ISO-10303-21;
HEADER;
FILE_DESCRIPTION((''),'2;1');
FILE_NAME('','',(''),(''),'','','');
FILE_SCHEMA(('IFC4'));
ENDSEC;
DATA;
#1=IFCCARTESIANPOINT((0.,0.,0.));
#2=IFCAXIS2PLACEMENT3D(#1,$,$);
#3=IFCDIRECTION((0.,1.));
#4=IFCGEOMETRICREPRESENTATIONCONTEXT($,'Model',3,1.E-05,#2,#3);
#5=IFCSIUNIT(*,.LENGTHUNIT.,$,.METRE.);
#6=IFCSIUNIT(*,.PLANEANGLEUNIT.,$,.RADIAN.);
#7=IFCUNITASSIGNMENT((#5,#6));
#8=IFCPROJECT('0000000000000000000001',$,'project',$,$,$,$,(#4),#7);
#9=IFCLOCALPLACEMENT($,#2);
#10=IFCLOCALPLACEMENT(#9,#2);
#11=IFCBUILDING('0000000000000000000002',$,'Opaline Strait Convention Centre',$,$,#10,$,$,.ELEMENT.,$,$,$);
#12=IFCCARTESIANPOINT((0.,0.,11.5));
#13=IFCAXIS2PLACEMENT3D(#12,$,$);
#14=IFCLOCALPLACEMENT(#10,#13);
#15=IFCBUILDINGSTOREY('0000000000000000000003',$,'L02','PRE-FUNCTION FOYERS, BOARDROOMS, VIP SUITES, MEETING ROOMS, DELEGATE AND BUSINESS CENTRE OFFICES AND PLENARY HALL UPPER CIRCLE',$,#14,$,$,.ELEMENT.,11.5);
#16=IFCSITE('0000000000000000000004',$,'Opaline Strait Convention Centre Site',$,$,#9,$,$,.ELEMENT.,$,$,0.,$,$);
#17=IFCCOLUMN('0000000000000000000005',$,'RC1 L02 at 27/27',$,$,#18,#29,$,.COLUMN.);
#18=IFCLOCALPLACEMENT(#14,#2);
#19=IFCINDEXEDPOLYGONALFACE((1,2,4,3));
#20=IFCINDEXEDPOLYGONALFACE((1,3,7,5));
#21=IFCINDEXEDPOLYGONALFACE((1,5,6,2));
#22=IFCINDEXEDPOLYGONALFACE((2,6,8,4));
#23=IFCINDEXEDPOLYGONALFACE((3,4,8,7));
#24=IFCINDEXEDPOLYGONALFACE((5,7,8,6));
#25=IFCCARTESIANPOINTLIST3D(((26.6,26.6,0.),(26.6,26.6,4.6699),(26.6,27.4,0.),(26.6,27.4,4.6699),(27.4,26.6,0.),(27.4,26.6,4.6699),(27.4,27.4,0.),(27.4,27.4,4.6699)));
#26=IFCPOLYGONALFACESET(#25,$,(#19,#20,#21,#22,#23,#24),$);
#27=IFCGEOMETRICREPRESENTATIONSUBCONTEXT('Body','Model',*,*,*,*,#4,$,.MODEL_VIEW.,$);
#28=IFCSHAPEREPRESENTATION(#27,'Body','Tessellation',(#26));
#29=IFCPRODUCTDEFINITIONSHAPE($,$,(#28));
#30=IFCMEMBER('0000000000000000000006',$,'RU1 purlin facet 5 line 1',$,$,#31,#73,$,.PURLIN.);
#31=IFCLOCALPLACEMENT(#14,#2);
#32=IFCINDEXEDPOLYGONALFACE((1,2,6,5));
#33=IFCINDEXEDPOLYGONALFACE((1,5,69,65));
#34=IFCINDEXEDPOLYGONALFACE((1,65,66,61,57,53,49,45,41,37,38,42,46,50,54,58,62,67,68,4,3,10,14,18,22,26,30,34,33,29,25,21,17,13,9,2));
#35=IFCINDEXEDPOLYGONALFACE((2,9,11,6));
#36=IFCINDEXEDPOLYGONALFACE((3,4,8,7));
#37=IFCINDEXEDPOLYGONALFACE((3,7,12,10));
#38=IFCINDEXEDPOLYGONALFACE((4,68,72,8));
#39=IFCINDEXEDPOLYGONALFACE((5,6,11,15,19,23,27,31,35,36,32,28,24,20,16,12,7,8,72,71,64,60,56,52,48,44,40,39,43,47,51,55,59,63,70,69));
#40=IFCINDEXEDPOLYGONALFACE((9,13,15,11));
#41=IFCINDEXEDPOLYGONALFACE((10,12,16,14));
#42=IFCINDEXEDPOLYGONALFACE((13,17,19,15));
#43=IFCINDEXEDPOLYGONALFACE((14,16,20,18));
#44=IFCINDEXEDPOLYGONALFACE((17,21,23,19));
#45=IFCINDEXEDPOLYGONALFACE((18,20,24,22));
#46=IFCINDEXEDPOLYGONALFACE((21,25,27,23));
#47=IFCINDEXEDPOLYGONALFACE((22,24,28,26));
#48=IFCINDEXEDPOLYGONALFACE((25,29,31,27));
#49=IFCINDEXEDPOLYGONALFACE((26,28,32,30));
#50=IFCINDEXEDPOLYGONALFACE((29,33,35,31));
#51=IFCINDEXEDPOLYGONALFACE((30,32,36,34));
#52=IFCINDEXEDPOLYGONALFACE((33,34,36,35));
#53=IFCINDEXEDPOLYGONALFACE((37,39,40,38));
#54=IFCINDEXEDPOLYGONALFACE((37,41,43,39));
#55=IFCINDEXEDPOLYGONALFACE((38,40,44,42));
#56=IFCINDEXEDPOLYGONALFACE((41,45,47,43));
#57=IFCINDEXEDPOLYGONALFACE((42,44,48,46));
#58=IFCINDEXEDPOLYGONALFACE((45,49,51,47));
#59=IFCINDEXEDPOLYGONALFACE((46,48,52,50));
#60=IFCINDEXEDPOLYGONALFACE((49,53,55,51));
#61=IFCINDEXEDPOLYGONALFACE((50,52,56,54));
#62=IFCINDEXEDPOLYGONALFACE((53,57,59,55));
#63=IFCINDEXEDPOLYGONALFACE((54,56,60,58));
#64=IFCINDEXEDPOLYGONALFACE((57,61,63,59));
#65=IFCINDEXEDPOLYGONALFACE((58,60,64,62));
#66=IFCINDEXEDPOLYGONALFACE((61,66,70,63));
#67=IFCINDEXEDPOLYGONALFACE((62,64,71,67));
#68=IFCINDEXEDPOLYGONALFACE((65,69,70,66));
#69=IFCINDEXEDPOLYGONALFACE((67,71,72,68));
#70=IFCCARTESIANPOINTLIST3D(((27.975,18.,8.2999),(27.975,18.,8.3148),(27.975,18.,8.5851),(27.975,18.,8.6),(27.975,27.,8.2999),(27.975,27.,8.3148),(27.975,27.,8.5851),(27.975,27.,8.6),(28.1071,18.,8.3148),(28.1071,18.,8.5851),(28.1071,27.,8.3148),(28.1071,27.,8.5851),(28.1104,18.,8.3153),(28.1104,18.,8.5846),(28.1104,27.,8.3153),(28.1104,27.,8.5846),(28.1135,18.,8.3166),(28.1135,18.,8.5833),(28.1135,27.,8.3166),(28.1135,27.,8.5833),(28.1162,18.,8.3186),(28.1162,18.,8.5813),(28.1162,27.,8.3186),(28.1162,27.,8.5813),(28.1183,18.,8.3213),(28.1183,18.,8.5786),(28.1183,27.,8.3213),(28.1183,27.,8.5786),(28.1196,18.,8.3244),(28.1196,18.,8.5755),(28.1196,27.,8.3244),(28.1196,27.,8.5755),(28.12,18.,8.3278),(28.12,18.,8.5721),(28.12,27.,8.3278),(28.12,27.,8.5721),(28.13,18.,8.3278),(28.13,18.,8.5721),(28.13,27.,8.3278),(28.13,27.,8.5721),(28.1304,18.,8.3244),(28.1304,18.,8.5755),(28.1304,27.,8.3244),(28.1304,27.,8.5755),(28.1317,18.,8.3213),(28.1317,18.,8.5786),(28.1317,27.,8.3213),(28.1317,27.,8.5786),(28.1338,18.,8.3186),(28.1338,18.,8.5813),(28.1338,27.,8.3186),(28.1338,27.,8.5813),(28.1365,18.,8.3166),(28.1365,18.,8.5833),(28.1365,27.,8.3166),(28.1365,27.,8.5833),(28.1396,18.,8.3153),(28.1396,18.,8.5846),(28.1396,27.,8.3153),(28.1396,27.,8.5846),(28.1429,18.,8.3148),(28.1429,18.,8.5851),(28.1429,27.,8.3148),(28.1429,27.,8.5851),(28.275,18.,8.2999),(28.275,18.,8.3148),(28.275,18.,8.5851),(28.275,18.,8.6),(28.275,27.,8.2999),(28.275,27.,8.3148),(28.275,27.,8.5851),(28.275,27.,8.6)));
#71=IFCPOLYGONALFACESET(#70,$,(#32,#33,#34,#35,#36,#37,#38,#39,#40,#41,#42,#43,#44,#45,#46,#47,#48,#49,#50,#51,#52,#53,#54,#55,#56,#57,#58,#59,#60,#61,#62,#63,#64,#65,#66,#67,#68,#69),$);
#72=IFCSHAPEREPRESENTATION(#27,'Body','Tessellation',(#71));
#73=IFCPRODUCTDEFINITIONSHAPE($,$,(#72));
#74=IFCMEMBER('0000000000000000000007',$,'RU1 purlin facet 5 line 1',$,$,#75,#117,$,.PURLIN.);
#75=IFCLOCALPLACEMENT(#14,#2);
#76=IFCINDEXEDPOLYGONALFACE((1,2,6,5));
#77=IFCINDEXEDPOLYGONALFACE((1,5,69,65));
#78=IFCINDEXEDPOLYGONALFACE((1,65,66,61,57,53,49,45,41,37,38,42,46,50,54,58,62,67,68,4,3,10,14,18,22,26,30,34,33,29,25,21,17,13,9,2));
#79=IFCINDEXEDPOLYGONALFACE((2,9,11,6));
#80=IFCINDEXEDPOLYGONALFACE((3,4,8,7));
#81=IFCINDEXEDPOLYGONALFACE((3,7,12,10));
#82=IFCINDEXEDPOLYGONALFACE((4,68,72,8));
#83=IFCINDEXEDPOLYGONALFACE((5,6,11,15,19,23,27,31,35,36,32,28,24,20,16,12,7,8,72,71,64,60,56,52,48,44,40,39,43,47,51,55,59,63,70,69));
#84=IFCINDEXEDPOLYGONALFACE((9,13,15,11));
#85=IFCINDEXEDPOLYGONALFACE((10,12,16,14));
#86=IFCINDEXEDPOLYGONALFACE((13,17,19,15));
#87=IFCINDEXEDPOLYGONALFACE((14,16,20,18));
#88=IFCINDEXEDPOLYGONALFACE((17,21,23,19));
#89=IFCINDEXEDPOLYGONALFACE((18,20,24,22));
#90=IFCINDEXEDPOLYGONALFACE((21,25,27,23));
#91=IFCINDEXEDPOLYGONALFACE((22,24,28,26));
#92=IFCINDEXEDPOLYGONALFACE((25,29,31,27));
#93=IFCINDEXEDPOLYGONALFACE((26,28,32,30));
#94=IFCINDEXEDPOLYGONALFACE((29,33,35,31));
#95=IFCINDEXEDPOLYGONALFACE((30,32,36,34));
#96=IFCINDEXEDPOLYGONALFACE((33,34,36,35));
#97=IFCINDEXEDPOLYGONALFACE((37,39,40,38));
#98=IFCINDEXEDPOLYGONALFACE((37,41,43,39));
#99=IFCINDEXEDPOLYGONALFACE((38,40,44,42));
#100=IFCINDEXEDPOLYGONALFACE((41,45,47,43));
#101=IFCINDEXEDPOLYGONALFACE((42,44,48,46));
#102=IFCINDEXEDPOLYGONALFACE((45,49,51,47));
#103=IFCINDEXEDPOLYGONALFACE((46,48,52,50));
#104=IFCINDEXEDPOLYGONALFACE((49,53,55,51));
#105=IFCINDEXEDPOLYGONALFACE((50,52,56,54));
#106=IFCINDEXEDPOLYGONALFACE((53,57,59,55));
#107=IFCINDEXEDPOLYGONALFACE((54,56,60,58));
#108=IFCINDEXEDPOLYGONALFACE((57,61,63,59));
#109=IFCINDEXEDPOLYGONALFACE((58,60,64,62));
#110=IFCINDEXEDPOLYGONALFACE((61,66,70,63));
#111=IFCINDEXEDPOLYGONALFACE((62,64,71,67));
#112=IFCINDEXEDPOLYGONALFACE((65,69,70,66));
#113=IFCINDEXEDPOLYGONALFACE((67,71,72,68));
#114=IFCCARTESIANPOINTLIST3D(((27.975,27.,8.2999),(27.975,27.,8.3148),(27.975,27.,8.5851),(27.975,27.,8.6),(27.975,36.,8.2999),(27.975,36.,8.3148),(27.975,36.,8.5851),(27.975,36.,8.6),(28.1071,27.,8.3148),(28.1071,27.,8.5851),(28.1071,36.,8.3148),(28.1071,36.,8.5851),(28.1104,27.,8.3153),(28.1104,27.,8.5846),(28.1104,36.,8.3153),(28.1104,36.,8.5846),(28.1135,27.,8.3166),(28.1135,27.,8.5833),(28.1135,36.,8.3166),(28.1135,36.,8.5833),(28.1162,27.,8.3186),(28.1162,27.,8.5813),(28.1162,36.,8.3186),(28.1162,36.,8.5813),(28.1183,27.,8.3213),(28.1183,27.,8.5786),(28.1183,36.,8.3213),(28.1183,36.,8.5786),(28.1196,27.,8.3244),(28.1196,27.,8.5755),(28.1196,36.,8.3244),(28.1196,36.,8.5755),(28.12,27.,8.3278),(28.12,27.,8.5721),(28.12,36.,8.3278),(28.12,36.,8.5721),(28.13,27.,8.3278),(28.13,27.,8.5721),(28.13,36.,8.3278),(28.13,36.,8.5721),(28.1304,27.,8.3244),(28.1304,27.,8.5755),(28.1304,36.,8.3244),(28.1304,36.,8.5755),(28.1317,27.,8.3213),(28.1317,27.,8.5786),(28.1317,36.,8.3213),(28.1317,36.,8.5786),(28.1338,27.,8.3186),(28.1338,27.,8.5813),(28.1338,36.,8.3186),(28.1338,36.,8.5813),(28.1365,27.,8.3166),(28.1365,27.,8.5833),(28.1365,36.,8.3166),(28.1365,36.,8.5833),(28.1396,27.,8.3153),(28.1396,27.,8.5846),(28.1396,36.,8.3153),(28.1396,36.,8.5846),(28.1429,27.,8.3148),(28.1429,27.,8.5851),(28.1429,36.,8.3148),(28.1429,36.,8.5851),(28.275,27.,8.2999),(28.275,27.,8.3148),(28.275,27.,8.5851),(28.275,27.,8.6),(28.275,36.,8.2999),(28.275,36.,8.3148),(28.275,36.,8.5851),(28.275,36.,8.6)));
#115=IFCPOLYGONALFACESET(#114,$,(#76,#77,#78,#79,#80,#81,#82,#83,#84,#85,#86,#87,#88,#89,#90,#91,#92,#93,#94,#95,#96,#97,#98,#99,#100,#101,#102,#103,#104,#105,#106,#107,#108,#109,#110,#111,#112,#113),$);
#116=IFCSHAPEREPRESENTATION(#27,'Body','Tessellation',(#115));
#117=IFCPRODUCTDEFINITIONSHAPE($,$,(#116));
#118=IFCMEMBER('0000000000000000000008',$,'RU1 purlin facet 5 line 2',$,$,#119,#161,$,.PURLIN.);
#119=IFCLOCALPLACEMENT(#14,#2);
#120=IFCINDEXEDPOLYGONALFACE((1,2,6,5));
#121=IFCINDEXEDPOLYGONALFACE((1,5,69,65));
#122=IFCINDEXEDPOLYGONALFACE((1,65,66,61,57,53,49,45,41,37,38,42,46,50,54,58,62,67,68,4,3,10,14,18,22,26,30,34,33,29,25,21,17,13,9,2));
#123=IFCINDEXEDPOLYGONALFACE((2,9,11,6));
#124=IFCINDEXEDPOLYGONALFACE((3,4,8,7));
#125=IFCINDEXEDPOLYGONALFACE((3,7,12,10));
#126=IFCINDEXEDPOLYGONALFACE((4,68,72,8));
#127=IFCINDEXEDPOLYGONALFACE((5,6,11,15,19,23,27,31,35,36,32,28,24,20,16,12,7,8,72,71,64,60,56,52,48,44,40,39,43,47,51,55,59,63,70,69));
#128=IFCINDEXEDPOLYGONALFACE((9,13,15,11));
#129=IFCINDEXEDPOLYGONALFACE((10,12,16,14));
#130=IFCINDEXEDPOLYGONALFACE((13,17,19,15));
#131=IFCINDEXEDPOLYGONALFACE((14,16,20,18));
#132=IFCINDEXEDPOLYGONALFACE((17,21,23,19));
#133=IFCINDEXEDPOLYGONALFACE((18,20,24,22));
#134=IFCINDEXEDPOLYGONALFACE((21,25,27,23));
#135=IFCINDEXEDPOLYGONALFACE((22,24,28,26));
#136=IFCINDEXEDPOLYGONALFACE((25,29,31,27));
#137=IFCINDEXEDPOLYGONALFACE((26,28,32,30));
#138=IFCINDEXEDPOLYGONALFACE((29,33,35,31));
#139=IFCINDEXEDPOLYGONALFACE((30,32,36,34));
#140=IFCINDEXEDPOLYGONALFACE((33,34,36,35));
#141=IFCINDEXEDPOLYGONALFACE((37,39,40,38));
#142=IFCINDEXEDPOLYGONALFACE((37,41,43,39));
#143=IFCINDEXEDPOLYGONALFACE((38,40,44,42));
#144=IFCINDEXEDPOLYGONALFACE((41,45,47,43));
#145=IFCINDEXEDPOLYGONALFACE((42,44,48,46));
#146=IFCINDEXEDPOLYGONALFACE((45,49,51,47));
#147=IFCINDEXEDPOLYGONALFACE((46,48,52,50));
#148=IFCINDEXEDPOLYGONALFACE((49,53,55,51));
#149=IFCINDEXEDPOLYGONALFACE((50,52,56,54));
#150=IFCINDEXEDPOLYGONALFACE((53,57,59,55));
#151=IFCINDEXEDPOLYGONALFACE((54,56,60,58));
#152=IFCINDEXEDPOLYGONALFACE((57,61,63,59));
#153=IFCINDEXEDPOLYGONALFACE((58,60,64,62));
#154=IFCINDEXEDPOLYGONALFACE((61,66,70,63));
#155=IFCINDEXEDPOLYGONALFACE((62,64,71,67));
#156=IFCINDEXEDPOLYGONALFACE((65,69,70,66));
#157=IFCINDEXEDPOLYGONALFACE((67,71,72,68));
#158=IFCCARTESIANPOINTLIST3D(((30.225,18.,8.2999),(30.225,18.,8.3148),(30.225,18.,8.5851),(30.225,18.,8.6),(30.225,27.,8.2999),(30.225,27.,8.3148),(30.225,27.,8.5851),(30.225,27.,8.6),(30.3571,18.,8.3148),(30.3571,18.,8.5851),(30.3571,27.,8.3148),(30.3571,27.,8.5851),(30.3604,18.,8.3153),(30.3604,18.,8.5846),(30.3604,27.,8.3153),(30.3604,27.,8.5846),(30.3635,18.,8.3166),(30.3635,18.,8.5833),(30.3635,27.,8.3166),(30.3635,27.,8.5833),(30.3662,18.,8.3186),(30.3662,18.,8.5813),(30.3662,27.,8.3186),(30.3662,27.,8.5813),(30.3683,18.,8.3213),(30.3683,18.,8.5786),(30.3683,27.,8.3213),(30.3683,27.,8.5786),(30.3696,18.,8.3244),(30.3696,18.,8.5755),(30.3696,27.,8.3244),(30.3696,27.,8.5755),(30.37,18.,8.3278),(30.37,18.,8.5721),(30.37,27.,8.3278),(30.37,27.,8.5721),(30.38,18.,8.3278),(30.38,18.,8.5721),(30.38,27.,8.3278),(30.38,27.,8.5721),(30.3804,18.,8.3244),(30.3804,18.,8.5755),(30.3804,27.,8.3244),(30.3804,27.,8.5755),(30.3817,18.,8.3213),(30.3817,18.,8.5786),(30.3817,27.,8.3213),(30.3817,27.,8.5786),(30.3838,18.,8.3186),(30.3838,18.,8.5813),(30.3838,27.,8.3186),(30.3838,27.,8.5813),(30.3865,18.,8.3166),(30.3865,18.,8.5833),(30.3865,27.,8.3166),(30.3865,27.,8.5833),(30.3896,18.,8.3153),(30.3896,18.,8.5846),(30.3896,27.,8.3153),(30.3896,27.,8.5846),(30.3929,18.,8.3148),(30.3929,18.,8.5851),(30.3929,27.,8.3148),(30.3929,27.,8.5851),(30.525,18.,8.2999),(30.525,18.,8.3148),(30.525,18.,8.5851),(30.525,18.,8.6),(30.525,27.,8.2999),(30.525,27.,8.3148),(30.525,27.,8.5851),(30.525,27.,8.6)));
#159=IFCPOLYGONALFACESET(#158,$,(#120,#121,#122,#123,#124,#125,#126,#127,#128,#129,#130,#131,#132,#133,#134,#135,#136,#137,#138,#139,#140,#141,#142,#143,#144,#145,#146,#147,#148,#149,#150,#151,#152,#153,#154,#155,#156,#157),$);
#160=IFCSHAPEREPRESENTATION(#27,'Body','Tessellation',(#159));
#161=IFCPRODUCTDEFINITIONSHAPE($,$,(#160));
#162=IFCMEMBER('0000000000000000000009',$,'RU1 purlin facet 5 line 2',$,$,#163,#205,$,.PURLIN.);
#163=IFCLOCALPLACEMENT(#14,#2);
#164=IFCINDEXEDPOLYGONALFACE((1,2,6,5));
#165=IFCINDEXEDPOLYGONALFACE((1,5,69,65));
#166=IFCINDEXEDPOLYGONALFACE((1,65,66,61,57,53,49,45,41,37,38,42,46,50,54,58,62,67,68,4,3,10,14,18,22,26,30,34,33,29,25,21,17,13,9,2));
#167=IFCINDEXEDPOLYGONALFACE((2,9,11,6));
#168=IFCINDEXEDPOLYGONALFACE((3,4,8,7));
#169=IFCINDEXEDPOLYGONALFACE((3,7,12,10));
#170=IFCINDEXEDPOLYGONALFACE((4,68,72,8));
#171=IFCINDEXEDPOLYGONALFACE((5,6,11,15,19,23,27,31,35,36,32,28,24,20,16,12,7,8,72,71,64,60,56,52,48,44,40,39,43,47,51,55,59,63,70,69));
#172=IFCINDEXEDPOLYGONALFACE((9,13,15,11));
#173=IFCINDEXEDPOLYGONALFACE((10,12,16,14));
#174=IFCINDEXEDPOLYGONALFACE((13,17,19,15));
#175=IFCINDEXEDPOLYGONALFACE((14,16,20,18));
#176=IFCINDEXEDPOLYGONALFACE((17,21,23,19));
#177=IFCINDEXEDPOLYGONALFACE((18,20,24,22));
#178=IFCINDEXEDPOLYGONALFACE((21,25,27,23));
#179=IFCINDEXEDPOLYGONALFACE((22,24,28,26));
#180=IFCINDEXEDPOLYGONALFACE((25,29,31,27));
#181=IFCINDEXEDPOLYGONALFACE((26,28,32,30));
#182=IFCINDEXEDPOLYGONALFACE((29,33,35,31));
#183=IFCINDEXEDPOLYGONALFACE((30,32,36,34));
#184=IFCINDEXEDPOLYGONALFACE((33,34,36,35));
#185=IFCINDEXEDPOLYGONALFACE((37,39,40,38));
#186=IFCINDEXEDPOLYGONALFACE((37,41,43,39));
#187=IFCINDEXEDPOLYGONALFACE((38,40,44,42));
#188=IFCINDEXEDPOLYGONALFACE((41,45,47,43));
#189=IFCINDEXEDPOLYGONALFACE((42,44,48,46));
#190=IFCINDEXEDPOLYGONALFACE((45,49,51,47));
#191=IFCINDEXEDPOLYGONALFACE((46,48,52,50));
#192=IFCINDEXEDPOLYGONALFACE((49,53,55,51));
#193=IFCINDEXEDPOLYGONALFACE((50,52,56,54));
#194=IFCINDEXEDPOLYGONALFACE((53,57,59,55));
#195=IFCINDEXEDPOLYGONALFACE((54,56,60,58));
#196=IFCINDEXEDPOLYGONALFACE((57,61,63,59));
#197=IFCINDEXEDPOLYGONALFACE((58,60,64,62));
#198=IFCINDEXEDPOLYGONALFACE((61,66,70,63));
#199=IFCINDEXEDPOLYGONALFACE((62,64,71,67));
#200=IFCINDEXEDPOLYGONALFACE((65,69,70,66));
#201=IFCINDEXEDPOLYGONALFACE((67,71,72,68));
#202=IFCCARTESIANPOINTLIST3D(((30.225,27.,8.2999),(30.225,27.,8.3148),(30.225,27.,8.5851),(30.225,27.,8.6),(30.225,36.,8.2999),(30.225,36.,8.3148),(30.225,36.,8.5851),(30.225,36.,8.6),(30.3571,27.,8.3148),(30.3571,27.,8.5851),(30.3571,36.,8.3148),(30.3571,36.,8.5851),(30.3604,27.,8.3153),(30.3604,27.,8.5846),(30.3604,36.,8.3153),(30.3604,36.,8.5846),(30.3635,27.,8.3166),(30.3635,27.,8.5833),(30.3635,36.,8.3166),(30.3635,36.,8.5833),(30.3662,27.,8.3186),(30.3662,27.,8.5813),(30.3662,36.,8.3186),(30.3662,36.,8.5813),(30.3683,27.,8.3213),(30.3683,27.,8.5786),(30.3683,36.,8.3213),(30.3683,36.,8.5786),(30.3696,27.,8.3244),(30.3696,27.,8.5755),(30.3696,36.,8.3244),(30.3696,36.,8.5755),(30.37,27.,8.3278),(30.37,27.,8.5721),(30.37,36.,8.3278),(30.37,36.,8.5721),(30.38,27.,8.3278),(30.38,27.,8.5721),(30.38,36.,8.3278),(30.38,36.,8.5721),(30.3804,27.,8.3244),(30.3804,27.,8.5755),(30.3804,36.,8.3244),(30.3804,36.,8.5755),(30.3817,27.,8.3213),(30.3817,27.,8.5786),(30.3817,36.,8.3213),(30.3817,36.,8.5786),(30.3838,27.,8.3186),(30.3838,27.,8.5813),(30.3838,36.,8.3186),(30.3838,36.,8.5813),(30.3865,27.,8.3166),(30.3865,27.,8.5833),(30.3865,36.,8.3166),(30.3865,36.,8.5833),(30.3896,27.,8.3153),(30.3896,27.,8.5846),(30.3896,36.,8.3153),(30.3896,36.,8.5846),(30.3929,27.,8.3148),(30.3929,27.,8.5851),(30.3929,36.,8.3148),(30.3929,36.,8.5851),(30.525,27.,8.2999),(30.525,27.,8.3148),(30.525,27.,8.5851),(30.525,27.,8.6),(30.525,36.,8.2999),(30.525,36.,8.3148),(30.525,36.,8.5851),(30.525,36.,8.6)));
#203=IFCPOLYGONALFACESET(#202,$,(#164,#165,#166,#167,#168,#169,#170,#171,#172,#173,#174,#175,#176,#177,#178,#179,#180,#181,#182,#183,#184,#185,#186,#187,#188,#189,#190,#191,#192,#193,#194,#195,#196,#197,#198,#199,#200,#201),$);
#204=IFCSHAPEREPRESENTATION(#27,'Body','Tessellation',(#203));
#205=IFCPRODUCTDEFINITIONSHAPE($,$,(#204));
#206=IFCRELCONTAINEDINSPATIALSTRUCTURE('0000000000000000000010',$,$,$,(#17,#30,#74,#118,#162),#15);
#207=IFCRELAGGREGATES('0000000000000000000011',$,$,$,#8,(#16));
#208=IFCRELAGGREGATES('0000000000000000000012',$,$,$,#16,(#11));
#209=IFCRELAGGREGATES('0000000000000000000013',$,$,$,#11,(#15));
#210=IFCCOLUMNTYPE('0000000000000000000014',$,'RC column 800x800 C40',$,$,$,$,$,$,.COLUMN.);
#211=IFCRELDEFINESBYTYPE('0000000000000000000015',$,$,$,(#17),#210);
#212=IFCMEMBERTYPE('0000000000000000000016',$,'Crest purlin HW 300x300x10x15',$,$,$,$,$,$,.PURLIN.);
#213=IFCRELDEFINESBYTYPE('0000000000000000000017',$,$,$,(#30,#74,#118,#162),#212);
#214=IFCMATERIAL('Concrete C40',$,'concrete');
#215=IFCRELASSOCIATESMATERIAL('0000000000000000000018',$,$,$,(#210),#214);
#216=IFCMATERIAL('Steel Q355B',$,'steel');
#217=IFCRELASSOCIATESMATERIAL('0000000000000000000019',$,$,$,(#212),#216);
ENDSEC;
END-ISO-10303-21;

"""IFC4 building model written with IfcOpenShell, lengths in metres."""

from ifc_helpers import new_model, si_unit, direction, frame, origin, origin_2d, place, context, subcontext, project, spatial, rectangle, i_section, extrude, material, material_profile, profile_set, type_object, element, save


model = new_model("IFC4")

# Units and contexts
model_context = context("Model", 3, precision=1e-05, world=origin(), true_north=direction((0.0, 1.0)))
body_context = subcontext(model_context, "Body", "Model", "MODEL_VIEW")
ifc_project = project(units=[si_unit("LENGTHUNIT", "METRE"), si_unit("PLANEANGLEUNIT", "RADIAN")], contexts=[model_context])

# Site, building, storey
site_placement = place(None, origin())
site = spatial("IfcSite", under=ifc_project, at=site_placement, Name="Opaline Strait Convention Centre Site", CompositionType="ELEMENT", RefElevation=0.0)
building_placement = place(site_placement, origin())
building = spatial("IfcBuilding", under=site, at=building_placement, Name="Opaline Strait Convention Centre", CompositionType="ELEMENT")
storey_placement = place(building_placement, frame((0.0, 0.0, 11.5)))
storey = spatial("IfcBuildingStorey", under=building, at=storey_placement, Name="L02", Description="PRE-FUNCTION FOYERS, BOARDROOMS, VIP SUITES, MEETING ROOMS, DELEGATE AND BUSINESS CENTRE OFFICES AND PLENARY HALL UPPER CIRCLE", CompositionType="ELEMENT", Elevation=11.5)

# Column
ifc_material_1 = material(Name="Concrete C40", Category="concrete")
ifc_material_profile_1 = material_profile(ifc_material_1, rectangle(XDim=0.8, YDim=0.8, at=origin_2d()), Name="RC 800x800")
ifc_profile_set_1 = profile_set([ifc_material_profile_1], Name="Concrete C40")
column_type = type_object("IfcColumnType", Name="RC column 800x800 C40", PredefinedType="COLUMN", material=ifc_profile_set_1)
column_placement = place(storey_placement, frame((27.0, 27.0, 0.0), z_axis=(0.0, 0.0, 1.0), x_axis=(1.0, 0.0, 0.0)))
element("IfcColumn", 1, at=column_placement, inside=storey, type_object=column_type, Name="RC1 L02 at 27/27", PredefinedType="COLUMN", context=body_context, shape_type="SweptSolid", body=[
    extrude(rectangle(XDim=0.8, YDim=0.8, at=origin_2d()), origin(), (0.0, 0.0, 1.0), 4.6699),
])

# Members
ifc_material_2 = material(Name="Steel Q355B", Category="steel")
ifc_material_profile_2 = material_profile(ifc_material_2, i_section(OverallWidth=0.3, OverallDepth=0.3, WebThickness=0.01, FlangeThickness=0.0149, FilletRadius=0.0129, at=origin_2d()), Name="HW 300x300x10x15")
ifc_profile_set_2 = profile_set([ifc_material_profile_2], Name="Steel Q355B")
member_type_1 = type_object("IfcMemberType", Name="Crest purlin HW 300x300x10x15", PredefinedType="PURLIN", material=ifc_profile_set_2)
for number, where, z_axis, x_axis, name in (
    (2, (28.125, 18.0, 8.45), (0.0, 1.0, 0.0), (-1.0, 0.0, 0.0), "RU1 purlin facet 5 line 1"),
    (3, (28.125, 27.0, 8.45), (0.0, 1.0, 0.0), (-1.0, 0.0, 0.0), "RU1 purlin facet 5 line 1"),
    (4, (30.375, 18.0, 8.45), (0.0, 1.0, 0.0), (-1.0, 0.0, 0.0), "RU1 purlin facet 5 line 2"),
    (5, (30.375, 27.0, 8.45), (0.0, 1.0, 0.0), (-1.0, 0.0, 0.0), "RU1 purlin facet 5 line 2"),
):
    element("IfcMember", number, at=place(storey_placement, frame(where, z_axis=z_axis, x_axis=x_axis)), inside=storey, type_object=member_type_1, Name=name, PredefinedType="PURLIN", context=body_context, shape_type="SweptSolid", body=[
        extrude(i_section(OverallWidth=0.3, OverallDepth=0.3, WebThickness=0.01, FlangeThickness=0.0149, FilletRadius=0.0129, at=origin_2d()), origin(), (0.0, 0.0, 1.0), 9.0),
    ])

save(model, "model.ifc")
